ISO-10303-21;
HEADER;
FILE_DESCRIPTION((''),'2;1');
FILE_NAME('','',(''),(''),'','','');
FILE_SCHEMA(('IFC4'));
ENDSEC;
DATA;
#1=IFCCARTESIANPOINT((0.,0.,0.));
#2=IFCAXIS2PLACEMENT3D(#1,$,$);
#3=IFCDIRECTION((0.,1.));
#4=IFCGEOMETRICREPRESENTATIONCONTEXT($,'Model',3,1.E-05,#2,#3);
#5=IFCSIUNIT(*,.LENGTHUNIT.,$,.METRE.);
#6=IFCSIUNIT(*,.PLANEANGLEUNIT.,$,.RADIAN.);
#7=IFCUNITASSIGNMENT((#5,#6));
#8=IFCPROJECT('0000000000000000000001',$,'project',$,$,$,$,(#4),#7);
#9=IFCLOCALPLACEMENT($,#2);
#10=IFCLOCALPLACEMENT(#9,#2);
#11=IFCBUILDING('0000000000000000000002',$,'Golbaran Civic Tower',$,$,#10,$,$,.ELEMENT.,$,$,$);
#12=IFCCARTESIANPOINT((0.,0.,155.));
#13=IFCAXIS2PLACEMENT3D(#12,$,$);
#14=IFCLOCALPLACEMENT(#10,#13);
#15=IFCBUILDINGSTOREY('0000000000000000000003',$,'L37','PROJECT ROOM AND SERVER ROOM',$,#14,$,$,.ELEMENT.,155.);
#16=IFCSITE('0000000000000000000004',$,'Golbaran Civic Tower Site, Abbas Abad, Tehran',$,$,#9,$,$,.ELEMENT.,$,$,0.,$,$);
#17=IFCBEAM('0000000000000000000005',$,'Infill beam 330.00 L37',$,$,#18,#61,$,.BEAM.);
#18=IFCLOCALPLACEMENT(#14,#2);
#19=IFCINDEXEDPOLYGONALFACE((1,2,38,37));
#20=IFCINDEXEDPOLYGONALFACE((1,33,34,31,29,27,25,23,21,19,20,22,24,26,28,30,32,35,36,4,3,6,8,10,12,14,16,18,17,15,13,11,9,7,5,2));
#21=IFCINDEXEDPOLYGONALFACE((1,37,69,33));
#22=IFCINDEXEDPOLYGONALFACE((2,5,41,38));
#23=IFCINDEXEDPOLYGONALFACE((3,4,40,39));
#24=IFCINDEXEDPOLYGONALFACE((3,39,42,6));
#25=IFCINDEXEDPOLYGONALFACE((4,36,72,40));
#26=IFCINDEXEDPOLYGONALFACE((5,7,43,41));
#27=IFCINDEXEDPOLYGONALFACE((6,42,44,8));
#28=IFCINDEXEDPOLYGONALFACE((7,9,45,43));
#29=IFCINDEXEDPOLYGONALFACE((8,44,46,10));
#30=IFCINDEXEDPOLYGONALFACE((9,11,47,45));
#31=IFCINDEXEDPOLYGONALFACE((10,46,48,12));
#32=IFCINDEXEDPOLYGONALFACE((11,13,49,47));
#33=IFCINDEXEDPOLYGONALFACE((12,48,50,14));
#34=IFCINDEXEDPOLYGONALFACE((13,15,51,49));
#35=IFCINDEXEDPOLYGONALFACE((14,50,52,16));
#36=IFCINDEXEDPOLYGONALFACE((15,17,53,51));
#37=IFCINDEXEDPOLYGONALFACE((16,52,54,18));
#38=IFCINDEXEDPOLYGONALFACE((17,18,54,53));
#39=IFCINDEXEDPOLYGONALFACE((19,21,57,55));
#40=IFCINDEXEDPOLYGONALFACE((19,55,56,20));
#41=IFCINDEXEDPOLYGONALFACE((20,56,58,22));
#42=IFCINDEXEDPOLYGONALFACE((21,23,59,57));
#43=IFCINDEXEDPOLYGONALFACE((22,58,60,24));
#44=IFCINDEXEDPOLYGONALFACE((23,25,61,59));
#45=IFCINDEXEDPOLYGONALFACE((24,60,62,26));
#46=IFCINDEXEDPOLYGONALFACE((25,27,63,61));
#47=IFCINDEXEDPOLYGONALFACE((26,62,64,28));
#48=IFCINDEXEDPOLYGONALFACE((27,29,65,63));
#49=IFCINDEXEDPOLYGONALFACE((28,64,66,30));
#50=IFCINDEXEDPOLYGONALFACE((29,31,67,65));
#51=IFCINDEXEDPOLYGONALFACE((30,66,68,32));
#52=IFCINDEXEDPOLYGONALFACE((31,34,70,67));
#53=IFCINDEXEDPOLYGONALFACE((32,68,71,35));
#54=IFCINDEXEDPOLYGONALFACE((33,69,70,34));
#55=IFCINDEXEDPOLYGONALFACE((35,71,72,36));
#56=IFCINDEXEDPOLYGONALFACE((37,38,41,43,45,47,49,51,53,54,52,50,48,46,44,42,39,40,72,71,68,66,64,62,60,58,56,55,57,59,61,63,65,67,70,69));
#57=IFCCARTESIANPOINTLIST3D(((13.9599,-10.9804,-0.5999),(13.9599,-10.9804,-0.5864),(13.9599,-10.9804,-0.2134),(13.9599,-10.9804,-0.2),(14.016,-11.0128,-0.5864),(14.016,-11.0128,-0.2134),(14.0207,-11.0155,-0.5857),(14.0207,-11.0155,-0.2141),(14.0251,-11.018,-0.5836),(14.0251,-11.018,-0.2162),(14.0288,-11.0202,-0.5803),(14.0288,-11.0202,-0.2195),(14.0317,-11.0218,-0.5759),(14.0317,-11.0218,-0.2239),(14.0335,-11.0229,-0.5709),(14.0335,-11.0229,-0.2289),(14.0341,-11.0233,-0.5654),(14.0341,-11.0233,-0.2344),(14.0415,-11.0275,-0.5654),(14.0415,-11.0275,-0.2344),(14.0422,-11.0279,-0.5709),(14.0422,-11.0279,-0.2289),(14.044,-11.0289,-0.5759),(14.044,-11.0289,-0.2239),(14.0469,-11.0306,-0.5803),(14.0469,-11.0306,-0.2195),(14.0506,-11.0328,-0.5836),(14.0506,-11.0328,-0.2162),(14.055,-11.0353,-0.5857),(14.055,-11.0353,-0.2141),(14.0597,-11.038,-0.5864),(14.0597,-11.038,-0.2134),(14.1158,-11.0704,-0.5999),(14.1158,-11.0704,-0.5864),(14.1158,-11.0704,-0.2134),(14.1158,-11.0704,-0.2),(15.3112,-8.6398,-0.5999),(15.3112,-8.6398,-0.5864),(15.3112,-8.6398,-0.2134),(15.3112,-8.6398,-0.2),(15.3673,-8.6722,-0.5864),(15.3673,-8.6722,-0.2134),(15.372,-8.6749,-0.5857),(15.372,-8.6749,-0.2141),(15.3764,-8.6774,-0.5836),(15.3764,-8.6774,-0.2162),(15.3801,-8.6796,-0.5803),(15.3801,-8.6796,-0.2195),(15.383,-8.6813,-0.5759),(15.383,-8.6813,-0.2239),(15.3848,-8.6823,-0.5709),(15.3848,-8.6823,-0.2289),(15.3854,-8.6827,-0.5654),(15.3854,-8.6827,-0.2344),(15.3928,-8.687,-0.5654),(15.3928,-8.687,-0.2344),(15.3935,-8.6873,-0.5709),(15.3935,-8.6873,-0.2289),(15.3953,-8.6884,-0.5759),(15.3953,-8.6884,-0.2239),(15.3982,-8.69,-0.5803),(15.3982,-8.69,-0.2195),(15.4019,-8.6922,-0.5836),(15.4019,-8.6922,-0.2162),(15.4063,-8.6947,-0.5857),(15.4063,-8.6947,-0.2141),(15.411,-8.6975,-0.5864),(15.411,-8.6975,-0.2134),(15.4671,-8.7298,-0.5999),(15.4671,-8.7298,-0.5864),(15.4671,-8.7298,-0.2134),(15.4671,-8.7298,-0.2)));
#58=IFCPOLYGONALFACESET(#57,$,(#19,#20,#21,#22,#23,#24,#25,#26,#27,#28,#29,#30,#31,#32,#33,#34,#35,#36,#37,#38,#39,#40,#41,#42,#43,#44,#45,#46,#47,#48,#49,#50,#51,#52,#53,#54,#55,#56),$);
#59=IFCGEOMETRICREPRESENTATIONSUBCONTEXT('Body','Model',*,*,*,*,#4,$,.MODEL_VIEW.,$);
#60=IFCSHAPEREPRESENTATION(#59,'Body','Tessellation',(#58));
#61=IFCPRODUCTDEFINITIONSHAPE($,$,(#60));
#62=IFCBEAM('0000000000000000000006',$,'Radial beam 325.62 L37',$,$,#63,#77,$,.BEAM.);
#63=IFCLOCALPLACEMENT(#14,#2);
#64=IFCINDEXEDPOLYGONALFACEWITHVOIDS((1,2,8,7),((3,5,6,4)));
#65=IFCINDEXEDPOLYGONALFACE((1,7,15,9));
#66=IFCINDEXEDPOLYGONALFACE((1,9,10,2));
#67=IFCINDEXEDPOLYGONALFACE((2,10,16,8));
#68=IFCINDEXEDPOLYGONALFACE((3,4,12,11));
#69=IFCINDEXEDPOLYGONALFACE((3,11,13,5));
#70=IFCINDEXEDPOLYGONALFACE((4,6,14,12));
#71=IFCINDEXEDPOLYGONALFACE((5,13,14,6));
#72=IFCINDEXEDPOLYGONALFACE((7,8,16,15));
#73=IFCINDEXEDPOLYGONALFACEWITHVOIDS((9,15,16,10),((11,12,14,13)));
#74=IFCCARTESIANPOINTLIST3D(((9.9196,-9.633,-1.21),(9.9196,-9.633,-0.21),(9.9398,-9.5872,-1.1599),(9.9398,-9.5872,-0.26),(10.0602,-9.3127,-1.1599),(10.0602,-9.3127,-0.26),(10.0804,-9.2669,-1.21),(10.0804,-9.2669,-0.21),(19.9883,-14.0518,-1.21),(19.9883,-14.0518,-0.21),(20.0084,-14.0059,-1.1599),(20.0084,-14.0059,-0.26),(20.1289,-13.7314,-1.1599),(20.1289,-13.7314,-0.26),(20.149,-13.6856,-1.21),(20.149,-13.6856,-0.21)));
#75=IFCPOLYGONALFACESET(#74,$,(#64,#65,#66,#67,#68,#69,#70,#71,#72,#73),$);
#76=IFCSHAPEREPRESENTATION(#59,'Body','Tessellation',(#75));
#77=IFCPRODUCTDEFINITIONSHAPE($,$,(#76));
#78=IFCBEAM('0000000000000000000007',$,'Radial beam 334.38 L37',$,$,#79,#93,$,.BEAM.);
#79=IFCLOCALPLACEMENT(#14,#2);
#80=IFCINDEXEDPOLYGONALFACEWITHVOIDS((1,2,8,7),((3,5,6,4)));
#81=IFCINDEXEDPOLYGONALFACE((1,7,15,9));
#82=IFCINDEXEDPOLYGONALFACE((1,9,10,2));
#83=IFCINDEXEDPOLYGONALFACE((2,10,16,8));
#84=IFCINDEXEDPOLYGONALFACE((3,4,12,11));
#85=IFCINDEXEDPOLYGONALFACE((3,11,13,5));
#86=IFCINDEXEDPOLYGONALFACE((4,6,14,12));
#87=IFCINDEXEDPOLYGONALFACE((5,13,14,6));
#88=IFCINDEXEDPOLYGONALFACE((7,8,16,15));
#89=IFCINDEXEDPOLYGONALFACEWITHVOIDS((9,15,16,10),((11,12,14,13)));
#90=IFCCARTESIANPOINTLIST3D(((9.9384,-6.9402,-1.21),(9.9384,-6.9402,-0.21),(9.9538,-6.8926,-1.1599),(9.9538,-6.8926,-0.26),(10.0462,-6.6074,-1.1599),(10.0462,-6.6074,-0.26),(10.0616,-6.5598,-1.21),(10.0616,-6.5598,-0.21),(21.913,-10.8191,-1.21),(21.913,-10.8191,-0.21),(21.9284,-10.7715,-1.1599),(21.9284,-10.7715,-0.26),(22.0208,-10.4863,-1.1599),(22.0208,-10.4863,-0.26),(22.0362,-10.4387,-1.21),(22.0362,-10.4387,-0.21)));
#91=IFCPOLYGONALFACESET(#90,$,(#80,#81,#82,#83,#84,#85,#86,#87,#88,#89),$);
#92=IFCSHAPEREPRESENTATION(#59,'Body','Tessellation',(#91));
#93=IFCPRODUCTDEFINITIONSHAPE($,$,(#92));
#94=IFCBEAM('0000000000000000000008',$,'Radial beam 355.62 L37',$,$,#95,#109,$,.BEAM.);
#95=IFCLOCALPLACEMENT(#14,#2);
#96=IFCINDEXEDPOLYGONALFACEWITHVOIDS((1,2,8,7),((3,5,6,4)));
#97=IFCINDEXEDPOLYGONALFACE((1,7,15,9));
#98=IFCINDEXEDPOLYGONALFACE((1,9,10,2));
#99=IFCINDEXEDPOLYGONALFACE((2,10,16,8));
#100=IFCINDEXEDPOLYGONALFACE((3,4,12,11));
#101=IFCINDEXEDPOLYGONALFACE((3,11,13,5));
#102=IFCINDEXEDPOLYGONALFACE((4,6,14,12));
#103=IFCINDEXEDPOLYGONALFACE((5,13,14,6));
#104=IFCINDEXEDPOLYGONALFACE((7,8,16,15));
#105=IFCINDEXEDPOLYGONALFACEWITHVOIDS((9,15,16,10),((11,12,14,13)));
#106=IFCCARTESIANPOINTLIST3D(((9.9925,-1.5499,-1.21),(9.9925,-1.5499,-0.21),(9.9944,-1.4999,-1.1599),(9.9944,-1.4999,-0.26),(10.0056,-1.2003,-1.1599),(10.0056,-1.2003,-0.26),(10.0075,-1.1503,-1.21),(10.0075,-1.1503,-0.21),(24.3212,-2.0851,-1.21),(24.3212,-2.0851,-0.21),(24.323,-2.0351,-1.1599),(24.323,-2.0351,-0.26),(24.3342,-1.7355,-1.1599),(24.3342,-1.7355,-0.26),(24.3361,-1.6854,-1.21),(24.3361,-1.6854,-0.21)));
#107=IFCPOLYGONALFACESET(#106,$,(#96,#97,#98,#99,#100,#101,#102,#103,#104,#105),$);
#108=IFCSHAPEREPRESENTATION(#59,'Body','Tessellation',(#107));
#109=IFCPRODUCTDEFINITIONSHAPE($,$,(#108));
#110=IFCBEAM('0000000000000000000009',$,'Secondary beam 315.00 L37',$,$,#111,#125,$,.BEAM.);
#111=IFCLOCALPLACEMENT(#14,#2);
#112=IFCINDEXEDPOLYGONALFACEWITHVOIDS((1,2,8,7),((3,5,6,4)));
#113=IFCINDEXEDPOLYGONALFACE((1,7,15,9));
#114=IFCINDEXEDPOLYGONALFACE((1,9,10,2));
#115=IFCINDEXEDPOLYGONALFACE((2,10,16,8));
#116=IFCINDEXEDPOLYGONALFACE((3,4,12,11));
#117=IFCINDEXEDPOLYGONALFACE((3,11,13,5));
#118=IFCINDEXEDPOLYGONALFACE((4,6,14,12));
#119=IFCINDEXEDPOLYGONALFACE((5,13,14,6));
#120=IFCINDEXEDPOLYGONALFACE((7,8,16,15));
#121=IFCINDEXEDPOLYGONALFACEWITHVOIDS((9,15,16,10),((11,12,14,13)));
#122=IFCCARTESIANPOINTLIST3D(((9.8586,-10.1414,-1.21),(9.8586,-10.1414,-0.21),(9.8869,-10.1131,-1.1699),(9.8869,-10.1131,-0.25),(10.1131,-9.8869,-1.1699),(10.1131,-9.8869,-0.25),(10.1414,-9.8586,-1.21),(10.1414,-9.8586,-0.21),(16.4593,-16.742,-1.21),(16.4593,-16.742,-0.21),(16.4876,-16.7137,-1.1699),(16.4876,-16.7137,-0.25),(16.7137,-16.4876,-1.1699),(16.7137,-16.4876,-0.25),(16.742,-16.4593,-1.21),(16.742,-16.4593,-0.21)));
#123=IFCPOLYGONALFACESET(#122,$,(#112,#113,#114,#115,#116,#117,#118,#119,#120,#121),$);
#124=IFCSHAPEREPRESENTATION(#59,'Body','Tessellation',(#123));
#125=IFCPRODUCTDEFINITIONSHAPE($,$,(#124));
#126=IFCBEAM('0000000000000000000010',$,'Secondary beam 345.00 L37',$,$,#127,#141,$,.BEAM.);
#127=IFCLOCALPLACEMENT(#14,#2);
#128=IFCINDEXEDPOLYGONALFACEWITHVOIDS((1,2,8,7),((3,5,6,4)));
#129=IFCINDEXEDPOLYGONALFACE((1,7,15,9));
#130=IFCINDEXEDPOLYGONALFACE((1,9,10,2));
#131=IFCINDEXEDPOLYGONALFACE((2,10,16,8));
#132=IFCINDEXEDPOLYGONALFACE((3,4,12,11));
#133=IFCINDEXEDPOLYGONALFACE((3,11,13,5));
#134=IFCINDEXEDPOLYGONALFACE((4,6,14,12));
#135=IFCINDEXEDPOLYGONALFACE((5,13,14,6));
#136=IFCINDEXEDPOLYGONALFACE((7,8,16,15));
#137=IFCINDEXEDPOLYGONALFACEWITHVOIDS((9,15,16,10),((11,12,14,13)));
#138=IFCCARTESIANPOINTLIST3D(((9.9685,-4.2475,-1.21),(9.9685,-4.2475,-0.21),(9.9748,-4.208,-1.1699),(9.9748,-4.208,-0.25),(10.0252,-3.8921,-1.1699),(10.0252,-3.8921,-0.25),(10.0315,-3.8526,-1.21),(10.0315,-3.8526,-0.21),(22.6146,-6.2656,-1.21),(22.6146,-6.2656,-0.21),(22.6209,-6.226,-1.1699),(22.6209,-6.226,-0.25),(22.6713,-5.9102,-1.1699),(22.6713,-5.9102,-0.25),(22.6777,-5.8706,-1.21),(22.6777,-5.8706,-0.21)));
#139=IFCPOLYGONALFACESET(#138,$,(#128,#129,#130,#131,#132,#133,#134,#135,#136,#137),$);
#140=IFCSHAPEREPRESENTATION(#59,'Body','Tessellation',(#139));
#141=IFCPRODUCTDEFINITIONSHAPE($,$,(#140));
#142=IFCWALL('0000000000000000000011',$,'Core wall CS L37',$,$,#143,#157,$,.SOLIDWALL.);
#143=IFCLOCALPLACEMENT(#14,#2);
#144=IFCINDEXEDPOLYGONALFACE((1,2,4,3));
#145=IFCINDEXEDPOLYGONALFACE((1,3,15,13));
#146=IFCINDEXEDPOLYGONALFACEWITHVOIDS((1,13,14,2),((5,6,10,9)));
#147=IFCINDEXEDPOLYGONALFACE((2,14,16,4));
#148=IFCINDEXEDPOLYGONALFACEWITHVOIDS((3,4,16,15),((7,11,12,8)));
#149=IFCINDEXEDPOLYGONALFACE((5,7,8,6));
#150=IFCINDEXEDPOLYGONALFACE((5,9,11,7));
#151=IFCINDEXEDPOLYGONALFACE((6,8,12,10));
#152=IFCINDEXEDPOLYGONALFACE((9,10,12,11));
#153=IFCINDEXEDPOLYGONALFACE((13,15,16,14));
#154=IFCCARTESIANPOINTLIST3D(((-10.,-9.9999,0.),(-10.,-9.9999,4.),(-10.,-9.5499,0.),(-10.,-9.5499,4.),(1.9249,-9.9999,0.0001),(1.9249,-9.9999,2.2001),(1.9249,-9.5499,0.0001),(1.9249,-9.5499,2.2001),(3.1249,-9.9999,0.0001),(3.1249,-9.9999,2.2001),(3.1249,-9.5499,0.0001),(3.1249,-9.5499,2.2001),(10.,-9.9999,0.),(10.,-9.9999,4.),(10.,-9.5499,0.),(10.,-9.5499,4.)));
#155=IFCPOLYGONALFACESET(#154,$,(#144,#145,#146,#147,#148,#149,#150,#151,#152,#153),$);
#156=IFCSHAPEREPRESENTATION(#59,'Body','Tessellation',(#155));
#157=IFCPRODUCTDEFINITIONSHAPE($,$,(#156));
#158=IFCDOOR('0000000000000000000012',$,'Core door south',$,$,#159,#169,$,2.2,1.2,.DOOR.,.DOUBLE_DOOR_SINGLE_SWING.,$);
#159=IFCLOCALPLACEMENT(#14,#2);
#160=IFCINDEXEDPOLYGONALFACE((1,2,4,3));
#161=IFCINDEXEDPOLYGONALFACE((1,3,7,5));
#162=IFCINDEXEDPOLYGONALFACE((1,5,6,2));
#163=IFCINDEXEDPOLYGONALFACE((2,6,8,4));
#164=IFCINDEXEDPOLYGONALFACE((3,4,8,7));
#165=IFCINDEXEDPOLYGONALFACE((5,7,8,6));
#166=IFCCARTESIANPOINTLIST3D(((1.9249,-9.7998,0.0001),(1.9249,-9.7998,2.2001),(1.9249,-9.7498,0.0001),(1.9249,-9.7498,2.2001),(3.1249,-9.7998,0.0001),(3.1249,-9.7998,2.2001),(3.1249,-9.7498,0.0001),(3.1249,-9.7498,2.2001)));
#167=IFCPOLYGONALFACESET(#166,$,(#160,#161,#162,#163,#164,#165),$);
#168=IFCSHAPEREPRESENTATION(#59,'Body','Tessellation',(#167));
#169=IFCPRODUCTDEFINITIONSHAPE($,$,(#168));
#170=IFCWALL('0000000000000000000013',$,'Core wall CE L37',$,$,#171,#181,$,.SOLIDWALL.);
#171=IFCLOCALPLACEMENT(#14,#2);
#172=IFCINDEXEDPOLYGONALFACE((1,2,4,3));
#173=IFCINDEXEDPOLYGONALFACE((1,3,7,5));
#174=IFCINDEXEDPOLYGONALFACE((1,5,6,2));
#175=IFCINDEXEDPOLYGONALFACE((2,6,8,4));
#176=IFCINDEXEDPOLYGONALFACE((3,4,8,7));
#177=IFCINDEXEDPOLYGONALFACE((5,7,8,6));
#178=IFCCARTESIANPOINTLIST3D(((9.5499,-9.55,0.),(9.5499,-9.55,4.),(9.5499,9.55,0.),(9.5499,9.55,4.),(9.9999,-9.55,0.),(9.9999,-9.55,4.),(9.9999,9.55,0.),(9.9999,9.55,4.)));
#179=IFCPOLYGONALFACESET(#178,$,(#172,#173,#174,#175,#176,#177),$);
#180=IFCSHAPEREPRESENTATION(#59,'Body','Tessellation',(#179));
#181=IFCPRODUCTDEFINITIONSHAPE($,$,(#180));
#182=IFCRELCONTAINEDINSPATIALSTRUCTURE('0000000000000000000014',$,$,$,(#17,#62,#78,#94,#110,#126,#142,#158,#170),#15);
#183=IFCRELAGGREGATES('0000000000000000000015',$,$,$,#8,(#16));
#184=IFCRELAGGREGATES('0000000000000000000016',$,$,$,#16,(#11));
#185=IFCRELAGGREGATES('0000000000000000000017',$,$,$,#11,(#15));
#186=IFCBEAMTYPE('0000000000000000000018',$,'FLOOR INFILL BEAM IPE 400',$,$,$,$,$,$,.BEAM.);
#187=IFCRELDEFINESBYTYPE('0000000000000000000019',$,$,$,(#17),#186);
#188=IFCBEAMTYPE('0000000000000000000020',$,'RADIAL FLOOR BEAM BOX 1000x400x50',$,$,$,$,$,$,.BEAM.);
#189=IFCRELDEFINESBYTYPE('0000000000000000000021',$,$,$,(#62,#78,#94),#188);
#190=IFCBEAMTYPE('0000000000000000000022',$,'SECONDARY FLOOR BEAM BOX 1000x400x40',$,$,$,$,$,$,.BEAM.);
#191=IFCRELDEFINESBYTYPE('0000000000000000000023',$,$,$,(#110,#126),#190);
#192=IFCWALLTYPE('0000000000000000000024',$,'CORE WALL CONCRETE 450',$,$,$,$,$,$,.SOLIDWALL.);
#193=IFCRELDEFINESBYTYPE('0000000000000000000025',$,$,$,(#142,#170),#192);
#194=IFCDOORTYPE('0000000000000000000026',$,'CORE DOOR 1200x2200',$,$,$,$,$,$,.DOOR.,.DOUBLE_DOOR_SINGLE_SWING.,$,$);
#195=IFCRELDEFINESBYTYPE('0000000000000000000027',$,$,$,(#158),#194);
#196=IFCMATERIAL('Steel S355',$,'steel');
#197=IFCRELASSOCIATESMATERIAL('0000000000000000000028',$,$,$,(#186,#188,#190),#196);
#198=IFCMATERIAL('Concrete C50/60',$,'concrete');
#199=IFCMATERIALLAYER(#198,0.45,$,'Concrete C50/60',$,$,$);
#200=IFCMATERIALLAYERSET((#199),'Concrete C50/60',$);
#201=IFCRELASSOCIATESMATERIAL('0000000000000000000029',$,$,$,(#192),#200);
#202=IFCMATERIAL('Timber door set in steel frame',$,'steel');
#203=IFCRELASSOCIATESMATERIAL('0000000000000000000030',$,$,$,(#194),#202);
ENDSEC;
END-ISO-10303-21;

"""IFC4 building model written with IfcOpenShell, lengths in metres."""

from ifc_helpers import new_model, si_unit, direction, frame, frame_2d, origin, origin_2d, place, context, subcontext, project, spatial, rectangle, hollow_rectangle, i_section, extrude, material, layer, layer_set, material_profile, profile_set, type_object, element, fill, save


model = new_model("IFC4")

# Units and contexts
model_context = context("Model", 3, precision=1e-05, world=origin(), true_north=direction((0.0, 1.0)))
body_context = subcontext(model_context, "Body", "Model", "MODEL_VIEW")
ifc_project = project(units=[si_unit("LENGTHUNIT", "METRE"), si_unit("PLANEANGLEUNIT", "RADIAN")], contexts=[model_context])

# Site, building, storey
site_placement = place(None, origin())
site = spatial("IfcSite", under=ifc_project, at=site_placement, Name="Golbaran Civic Tower Site, Abbas Abad, Tehran", CompositionType="ELEMENT", RefElevation=0.0)
building_placement = place(site_placement, origin())
building = spatial("IfcBuilding", under=site, at=building_placement, Name="Golbaran Civic Tower", CompositionType="ELEMENT")
storey_placement = place(building_placement, frame((0.0, 0.0, 155.0)))
storey = spatial("IfcBuildingStorey", under=building, at=storey_placement, Name="L37", Description="PROJECT ROOM AND SERVER ROOM", CompositionType="ELEMENT", Elevation=155.0)

# Beams
ifc_material_1 = material(Name="Steel S355", Category="steel")
ifc_material_profile_1 = material_profile(ifc_material_1, i_section(OverallWidth=0.1799, OverallDepth=0.3999, WebThickness=0.0085, FlangeThickness=0.0134, FilletRadius=0.021, at=origin_2d()), Name="IPE 400")
ifc_profile_set_1 = profile_set([ifc_material_profile_1], Name="Steel S355")
beam_type_1 = type_object("IfcBeamType", Name="FLOOR INFILL BEAM IPE 400", PredefinedType="BEAM", material=ifc_profile_set_1)
beam_1_placement = place(storey_placement, frame((14.0378, -11.0254, -0.3999), z_axis=(0.499996, 0.866028, 0.0), x_axis=(-0.866028, 0.499996, 0.0)))
element("IfcBeam", 1, at=beam_1_placement, inside=storey, type_object=beam_type_1, Name="Infill beam 330.00 L37", PredefinedType="BEAM", context=body_context, shape_type="SweptSolid", body=[
    extrude(i_section(OverallWidth=0.1799, OverallDepth=0.3999, WebThickness=0.0085, FlangeThickness=0.0134, FilletRadius=0.021, at=origin_2d()), origin(), (0.0, 0.0, 1.0), 2.7026),
])
ifc_material_profile_2 = material_profile(ifc_material_1, hollow_rectangle(XDim=0.3999, YDim=1.0, WallThickness=0.05, at=origin_2d()), Name="BOX 1000x400x50")
ifc_profile_set_2 = profile_set([ifc_material_profile_2], Name="Steel S355")
beam_type_2 = type_object("IfcBeamType", Name="RADIAL FLOOR BEAM BOX 1000x400x50", PredefinedType="BEAM", material=ifc_profile_set_2)
beam_2_placement = place(storey_placement, frame((10.0, -9.45, -0.71), z_axis=(0.9157, -0.401863, 0.0), x_axis=(0.401863, 0.9157, 0.0)))
element("IfcBeam", 2, at=beam_2_placement, inside=storey, type_object=beam_type_2, Name="Radial beam 325.62 L37", PredefinedType="BEAM", context=body_context, shape_type="SweptSolid", body=[
    extrude(hollow_rectangle(XDim=0.3999, YDim=1.0, WallThickness=0.05, at=origin_2d()), origin(), (0.0, 0.0, 1.0), 10.9956),
])
beam_3_placement = place(storey_placement, frame((10.0, -6.75, -0.71), z_axis=(0.951334, -0.308163, 0.0), x_axis=(0.308163, 0.951334, 0.0)))
element("IfcBeam", 3, at=beam_3_placement, inside=storey, type_object=beam_type_2, Name="Radial beam 334.38 L37", PredefinedType="BEAM", context=body_context, shape_type="SweptSolid", body=[
    extrude(hollow_rectangle(XDim=0.3999, YDim=1.0, WallThickness=0.05, at=origin_2d()), origin(), (0.0, 0.0, 1.0), 12.5872),
])
beam_4_placement = place(storey_placement, frame((10.0, -1.3501, -0.71), z_axis=(0.999303, -0.037323, 0.0), x_axis=(0.037323, 0.999303, 0.0)))
element("IfcBeam", 4, at=beam_4_placement, inside=storey, type_object=beam_type_2, Name="Radial beam 355.62 L37", PredefinedType="BEAM", context=body_context, shape_type="SweptSolid", body=[
    extrude(hollow_rectangle(XDim=0.3999, YDim=1.0, WallThickness=0.05, at=origin_2d()), origin(), (0.0, 0.0, 1.0), 14.3386),
])
ifc_material_profile_3 = material_profile(ifc_material_1, hollow_rectangle(XDim=0.3999, YDim=1.0, WallThickness=0.04, at=origin_2d()), Name="BOX 1000x400x40")
ifc_profile_set_3 = profile_set([ifc_material_profile_3], Name="Steel S355")
beam_type_3 = type_object("IfcBeamType", Name="SECONDARY FLOOR BEAM BOX 1000x400x40", PredefinedType="BEAM", material=ifc_profile_set_3)
beam_5_placement = place(storey_placement, frame((10.0, -10.0, -0.71), z_axis=(0.707107, -0.707107, 0.0), x_axis=(0.707107, 0.707107, 0.0)))
element("IfcBeam", 5, at=beam_5_placement, inside=storey, type_object=beam_type_3, Name="Secondary beam 315.00 L37", PredefinedType="BEAM", context=body_context, shape_type="SweptSolid", body=[
    extrude(hollow_rectangle(XDim=0.3999, YDim=1.0, WallThickness=0.04, at=origin_2d()), origin(), (0.0, 0.0, 1.0), 9.3347),
])
beam_6_placement = place(storey_placement, frame((10.0, -4.05, -0.71), z_axis=(0.987506, -0.157585, 0.0), x_axis=(0.157585, 0.987506, 0.0)))
element("IfcBeam", 6, at=beam_6_placement, inside=storey, type_object=beam_type_3, Name="Secondary beam 345.00 L37", PredefinedType="BEAM", context=body_context, shape_type="SweptSolid", body=[
    extrude(hollow_rectangle(XDim=0.3999, YDim=1.0, WallThickness=0.04, at=origin_2d()), origin(), (0.0, 0.0, 1.0), 12.8062),
])

# Wall, opening, door
ifc_material_2 = material(Name="Concrete C50/60", Category="concrete")
ifc_layer_1 = layer(ifc_material_2, 0.45, Name="Concrete C50/60")
ifc_layer_set_1 = layer_set([ifc_layer_1], Name="Concrete C50/60")
wall_type_1 = type_object("IfcWallType", Name="CORE WALL CONCRETE 450", PredefinedType="SOLIDWALL", material=ifc_layer_set_1)
wall_1_placement = place(storey_placement, frame((10.0, -9.7749, 0.0), z_axis=(0.0, 0.0, 1.0), x_axis=(-1.0, 0.0, 0.0)))
wall_1 = element("IfcWall", 7, at=wall_1_placement, inside=storey, type_object=wall_type_1, Name="Core wall CS L37", PredefinedType="SOLIDWALL", context=body_context, shape_type="SweptSolid", body=[
    extrude(rectangle(XDim=20.0, YDim=0.45, at=frame_2d((10.0, 0.0))), origin(), (0.0, 0.0, 1.0), 4.0),
])
opening_1_placement = place(wall_1_placement, frame((6.875, 0.0, 0.0)))
opening_1 = element("IfcOpeningElement", 8, at=opening_1_placement, cuts=wall_1, PredefinedType="OPENING", context=body_context, shape_type="SweptSolid", body=[
    extrude(rectangle(XDim=1.2, YDim=2.2, at=frame_2d((0.6001, 1.1001))), frame((0.0, 0.2349, 0.0), z_axis=(0.0, -1.0, 0.0), x_axis=(1.0, 0.0, 0.0)), (0.0, 0.0, 1.0), 0.47),
])
ifc_material_3 = material(Name="Timber door set in steel frame", Category="steel")
door_type_1 = type_object("IfcDoorType", Name="CORE DOOR 1200x2200", OperationType="DOUBLE_DOOR_SINGLE_SWING", PredefinedType="DOOR", material=ifc_material_3)
door_1_placement = place(opening_1_placement, origin())
door_1 = element("IfcDoor", 9, at=door_1_placement, inside=storey, type_object=door_type_1, Name="Core door south", OperationType="DOUBLE_DOOR_SINGLE_SWING", OverallHeight=2.2, OverallWidth=1.2, PredefinedType="DOOR", context=body_context, shape_type="SweptSolid", body=[
    extrude(rectangle(XDim=1.2, YDim=2.2, at=frame_2d((0.6001, 1.1001))), frame((0.0, 0.0249, 0.0), z_axis=(0.0, -1.0, 0.0), x_axis=(1.0, 0.0, 0.0)), (0.0, 0.0, 1.0), 0.05),
])
fill(opening_1, door_1)

# Wall
wall_2_placement = place(storey_placement, frame((9.7749, -9.55, 0.0), z_axis=(0.0, 0.0, 1.0), x_axis=(0.0, 1.0, 0.0)))
element("IfcWall", 10, at=wall_2_placement, inside=storey, type_object=wall_type_1, Name="Core wall CE L37", PredefinedType="SOLIDWALL", context=body_context, shape_type="SweptSolid", body=[
    extrude(rectangle(XDim=19.1001, YDim=0.45, at=frame_2d((9.55, 0.0))), origin(), (0.0, 0.0, 1.0), 4.0),
])

save(model, "model.ifc")
